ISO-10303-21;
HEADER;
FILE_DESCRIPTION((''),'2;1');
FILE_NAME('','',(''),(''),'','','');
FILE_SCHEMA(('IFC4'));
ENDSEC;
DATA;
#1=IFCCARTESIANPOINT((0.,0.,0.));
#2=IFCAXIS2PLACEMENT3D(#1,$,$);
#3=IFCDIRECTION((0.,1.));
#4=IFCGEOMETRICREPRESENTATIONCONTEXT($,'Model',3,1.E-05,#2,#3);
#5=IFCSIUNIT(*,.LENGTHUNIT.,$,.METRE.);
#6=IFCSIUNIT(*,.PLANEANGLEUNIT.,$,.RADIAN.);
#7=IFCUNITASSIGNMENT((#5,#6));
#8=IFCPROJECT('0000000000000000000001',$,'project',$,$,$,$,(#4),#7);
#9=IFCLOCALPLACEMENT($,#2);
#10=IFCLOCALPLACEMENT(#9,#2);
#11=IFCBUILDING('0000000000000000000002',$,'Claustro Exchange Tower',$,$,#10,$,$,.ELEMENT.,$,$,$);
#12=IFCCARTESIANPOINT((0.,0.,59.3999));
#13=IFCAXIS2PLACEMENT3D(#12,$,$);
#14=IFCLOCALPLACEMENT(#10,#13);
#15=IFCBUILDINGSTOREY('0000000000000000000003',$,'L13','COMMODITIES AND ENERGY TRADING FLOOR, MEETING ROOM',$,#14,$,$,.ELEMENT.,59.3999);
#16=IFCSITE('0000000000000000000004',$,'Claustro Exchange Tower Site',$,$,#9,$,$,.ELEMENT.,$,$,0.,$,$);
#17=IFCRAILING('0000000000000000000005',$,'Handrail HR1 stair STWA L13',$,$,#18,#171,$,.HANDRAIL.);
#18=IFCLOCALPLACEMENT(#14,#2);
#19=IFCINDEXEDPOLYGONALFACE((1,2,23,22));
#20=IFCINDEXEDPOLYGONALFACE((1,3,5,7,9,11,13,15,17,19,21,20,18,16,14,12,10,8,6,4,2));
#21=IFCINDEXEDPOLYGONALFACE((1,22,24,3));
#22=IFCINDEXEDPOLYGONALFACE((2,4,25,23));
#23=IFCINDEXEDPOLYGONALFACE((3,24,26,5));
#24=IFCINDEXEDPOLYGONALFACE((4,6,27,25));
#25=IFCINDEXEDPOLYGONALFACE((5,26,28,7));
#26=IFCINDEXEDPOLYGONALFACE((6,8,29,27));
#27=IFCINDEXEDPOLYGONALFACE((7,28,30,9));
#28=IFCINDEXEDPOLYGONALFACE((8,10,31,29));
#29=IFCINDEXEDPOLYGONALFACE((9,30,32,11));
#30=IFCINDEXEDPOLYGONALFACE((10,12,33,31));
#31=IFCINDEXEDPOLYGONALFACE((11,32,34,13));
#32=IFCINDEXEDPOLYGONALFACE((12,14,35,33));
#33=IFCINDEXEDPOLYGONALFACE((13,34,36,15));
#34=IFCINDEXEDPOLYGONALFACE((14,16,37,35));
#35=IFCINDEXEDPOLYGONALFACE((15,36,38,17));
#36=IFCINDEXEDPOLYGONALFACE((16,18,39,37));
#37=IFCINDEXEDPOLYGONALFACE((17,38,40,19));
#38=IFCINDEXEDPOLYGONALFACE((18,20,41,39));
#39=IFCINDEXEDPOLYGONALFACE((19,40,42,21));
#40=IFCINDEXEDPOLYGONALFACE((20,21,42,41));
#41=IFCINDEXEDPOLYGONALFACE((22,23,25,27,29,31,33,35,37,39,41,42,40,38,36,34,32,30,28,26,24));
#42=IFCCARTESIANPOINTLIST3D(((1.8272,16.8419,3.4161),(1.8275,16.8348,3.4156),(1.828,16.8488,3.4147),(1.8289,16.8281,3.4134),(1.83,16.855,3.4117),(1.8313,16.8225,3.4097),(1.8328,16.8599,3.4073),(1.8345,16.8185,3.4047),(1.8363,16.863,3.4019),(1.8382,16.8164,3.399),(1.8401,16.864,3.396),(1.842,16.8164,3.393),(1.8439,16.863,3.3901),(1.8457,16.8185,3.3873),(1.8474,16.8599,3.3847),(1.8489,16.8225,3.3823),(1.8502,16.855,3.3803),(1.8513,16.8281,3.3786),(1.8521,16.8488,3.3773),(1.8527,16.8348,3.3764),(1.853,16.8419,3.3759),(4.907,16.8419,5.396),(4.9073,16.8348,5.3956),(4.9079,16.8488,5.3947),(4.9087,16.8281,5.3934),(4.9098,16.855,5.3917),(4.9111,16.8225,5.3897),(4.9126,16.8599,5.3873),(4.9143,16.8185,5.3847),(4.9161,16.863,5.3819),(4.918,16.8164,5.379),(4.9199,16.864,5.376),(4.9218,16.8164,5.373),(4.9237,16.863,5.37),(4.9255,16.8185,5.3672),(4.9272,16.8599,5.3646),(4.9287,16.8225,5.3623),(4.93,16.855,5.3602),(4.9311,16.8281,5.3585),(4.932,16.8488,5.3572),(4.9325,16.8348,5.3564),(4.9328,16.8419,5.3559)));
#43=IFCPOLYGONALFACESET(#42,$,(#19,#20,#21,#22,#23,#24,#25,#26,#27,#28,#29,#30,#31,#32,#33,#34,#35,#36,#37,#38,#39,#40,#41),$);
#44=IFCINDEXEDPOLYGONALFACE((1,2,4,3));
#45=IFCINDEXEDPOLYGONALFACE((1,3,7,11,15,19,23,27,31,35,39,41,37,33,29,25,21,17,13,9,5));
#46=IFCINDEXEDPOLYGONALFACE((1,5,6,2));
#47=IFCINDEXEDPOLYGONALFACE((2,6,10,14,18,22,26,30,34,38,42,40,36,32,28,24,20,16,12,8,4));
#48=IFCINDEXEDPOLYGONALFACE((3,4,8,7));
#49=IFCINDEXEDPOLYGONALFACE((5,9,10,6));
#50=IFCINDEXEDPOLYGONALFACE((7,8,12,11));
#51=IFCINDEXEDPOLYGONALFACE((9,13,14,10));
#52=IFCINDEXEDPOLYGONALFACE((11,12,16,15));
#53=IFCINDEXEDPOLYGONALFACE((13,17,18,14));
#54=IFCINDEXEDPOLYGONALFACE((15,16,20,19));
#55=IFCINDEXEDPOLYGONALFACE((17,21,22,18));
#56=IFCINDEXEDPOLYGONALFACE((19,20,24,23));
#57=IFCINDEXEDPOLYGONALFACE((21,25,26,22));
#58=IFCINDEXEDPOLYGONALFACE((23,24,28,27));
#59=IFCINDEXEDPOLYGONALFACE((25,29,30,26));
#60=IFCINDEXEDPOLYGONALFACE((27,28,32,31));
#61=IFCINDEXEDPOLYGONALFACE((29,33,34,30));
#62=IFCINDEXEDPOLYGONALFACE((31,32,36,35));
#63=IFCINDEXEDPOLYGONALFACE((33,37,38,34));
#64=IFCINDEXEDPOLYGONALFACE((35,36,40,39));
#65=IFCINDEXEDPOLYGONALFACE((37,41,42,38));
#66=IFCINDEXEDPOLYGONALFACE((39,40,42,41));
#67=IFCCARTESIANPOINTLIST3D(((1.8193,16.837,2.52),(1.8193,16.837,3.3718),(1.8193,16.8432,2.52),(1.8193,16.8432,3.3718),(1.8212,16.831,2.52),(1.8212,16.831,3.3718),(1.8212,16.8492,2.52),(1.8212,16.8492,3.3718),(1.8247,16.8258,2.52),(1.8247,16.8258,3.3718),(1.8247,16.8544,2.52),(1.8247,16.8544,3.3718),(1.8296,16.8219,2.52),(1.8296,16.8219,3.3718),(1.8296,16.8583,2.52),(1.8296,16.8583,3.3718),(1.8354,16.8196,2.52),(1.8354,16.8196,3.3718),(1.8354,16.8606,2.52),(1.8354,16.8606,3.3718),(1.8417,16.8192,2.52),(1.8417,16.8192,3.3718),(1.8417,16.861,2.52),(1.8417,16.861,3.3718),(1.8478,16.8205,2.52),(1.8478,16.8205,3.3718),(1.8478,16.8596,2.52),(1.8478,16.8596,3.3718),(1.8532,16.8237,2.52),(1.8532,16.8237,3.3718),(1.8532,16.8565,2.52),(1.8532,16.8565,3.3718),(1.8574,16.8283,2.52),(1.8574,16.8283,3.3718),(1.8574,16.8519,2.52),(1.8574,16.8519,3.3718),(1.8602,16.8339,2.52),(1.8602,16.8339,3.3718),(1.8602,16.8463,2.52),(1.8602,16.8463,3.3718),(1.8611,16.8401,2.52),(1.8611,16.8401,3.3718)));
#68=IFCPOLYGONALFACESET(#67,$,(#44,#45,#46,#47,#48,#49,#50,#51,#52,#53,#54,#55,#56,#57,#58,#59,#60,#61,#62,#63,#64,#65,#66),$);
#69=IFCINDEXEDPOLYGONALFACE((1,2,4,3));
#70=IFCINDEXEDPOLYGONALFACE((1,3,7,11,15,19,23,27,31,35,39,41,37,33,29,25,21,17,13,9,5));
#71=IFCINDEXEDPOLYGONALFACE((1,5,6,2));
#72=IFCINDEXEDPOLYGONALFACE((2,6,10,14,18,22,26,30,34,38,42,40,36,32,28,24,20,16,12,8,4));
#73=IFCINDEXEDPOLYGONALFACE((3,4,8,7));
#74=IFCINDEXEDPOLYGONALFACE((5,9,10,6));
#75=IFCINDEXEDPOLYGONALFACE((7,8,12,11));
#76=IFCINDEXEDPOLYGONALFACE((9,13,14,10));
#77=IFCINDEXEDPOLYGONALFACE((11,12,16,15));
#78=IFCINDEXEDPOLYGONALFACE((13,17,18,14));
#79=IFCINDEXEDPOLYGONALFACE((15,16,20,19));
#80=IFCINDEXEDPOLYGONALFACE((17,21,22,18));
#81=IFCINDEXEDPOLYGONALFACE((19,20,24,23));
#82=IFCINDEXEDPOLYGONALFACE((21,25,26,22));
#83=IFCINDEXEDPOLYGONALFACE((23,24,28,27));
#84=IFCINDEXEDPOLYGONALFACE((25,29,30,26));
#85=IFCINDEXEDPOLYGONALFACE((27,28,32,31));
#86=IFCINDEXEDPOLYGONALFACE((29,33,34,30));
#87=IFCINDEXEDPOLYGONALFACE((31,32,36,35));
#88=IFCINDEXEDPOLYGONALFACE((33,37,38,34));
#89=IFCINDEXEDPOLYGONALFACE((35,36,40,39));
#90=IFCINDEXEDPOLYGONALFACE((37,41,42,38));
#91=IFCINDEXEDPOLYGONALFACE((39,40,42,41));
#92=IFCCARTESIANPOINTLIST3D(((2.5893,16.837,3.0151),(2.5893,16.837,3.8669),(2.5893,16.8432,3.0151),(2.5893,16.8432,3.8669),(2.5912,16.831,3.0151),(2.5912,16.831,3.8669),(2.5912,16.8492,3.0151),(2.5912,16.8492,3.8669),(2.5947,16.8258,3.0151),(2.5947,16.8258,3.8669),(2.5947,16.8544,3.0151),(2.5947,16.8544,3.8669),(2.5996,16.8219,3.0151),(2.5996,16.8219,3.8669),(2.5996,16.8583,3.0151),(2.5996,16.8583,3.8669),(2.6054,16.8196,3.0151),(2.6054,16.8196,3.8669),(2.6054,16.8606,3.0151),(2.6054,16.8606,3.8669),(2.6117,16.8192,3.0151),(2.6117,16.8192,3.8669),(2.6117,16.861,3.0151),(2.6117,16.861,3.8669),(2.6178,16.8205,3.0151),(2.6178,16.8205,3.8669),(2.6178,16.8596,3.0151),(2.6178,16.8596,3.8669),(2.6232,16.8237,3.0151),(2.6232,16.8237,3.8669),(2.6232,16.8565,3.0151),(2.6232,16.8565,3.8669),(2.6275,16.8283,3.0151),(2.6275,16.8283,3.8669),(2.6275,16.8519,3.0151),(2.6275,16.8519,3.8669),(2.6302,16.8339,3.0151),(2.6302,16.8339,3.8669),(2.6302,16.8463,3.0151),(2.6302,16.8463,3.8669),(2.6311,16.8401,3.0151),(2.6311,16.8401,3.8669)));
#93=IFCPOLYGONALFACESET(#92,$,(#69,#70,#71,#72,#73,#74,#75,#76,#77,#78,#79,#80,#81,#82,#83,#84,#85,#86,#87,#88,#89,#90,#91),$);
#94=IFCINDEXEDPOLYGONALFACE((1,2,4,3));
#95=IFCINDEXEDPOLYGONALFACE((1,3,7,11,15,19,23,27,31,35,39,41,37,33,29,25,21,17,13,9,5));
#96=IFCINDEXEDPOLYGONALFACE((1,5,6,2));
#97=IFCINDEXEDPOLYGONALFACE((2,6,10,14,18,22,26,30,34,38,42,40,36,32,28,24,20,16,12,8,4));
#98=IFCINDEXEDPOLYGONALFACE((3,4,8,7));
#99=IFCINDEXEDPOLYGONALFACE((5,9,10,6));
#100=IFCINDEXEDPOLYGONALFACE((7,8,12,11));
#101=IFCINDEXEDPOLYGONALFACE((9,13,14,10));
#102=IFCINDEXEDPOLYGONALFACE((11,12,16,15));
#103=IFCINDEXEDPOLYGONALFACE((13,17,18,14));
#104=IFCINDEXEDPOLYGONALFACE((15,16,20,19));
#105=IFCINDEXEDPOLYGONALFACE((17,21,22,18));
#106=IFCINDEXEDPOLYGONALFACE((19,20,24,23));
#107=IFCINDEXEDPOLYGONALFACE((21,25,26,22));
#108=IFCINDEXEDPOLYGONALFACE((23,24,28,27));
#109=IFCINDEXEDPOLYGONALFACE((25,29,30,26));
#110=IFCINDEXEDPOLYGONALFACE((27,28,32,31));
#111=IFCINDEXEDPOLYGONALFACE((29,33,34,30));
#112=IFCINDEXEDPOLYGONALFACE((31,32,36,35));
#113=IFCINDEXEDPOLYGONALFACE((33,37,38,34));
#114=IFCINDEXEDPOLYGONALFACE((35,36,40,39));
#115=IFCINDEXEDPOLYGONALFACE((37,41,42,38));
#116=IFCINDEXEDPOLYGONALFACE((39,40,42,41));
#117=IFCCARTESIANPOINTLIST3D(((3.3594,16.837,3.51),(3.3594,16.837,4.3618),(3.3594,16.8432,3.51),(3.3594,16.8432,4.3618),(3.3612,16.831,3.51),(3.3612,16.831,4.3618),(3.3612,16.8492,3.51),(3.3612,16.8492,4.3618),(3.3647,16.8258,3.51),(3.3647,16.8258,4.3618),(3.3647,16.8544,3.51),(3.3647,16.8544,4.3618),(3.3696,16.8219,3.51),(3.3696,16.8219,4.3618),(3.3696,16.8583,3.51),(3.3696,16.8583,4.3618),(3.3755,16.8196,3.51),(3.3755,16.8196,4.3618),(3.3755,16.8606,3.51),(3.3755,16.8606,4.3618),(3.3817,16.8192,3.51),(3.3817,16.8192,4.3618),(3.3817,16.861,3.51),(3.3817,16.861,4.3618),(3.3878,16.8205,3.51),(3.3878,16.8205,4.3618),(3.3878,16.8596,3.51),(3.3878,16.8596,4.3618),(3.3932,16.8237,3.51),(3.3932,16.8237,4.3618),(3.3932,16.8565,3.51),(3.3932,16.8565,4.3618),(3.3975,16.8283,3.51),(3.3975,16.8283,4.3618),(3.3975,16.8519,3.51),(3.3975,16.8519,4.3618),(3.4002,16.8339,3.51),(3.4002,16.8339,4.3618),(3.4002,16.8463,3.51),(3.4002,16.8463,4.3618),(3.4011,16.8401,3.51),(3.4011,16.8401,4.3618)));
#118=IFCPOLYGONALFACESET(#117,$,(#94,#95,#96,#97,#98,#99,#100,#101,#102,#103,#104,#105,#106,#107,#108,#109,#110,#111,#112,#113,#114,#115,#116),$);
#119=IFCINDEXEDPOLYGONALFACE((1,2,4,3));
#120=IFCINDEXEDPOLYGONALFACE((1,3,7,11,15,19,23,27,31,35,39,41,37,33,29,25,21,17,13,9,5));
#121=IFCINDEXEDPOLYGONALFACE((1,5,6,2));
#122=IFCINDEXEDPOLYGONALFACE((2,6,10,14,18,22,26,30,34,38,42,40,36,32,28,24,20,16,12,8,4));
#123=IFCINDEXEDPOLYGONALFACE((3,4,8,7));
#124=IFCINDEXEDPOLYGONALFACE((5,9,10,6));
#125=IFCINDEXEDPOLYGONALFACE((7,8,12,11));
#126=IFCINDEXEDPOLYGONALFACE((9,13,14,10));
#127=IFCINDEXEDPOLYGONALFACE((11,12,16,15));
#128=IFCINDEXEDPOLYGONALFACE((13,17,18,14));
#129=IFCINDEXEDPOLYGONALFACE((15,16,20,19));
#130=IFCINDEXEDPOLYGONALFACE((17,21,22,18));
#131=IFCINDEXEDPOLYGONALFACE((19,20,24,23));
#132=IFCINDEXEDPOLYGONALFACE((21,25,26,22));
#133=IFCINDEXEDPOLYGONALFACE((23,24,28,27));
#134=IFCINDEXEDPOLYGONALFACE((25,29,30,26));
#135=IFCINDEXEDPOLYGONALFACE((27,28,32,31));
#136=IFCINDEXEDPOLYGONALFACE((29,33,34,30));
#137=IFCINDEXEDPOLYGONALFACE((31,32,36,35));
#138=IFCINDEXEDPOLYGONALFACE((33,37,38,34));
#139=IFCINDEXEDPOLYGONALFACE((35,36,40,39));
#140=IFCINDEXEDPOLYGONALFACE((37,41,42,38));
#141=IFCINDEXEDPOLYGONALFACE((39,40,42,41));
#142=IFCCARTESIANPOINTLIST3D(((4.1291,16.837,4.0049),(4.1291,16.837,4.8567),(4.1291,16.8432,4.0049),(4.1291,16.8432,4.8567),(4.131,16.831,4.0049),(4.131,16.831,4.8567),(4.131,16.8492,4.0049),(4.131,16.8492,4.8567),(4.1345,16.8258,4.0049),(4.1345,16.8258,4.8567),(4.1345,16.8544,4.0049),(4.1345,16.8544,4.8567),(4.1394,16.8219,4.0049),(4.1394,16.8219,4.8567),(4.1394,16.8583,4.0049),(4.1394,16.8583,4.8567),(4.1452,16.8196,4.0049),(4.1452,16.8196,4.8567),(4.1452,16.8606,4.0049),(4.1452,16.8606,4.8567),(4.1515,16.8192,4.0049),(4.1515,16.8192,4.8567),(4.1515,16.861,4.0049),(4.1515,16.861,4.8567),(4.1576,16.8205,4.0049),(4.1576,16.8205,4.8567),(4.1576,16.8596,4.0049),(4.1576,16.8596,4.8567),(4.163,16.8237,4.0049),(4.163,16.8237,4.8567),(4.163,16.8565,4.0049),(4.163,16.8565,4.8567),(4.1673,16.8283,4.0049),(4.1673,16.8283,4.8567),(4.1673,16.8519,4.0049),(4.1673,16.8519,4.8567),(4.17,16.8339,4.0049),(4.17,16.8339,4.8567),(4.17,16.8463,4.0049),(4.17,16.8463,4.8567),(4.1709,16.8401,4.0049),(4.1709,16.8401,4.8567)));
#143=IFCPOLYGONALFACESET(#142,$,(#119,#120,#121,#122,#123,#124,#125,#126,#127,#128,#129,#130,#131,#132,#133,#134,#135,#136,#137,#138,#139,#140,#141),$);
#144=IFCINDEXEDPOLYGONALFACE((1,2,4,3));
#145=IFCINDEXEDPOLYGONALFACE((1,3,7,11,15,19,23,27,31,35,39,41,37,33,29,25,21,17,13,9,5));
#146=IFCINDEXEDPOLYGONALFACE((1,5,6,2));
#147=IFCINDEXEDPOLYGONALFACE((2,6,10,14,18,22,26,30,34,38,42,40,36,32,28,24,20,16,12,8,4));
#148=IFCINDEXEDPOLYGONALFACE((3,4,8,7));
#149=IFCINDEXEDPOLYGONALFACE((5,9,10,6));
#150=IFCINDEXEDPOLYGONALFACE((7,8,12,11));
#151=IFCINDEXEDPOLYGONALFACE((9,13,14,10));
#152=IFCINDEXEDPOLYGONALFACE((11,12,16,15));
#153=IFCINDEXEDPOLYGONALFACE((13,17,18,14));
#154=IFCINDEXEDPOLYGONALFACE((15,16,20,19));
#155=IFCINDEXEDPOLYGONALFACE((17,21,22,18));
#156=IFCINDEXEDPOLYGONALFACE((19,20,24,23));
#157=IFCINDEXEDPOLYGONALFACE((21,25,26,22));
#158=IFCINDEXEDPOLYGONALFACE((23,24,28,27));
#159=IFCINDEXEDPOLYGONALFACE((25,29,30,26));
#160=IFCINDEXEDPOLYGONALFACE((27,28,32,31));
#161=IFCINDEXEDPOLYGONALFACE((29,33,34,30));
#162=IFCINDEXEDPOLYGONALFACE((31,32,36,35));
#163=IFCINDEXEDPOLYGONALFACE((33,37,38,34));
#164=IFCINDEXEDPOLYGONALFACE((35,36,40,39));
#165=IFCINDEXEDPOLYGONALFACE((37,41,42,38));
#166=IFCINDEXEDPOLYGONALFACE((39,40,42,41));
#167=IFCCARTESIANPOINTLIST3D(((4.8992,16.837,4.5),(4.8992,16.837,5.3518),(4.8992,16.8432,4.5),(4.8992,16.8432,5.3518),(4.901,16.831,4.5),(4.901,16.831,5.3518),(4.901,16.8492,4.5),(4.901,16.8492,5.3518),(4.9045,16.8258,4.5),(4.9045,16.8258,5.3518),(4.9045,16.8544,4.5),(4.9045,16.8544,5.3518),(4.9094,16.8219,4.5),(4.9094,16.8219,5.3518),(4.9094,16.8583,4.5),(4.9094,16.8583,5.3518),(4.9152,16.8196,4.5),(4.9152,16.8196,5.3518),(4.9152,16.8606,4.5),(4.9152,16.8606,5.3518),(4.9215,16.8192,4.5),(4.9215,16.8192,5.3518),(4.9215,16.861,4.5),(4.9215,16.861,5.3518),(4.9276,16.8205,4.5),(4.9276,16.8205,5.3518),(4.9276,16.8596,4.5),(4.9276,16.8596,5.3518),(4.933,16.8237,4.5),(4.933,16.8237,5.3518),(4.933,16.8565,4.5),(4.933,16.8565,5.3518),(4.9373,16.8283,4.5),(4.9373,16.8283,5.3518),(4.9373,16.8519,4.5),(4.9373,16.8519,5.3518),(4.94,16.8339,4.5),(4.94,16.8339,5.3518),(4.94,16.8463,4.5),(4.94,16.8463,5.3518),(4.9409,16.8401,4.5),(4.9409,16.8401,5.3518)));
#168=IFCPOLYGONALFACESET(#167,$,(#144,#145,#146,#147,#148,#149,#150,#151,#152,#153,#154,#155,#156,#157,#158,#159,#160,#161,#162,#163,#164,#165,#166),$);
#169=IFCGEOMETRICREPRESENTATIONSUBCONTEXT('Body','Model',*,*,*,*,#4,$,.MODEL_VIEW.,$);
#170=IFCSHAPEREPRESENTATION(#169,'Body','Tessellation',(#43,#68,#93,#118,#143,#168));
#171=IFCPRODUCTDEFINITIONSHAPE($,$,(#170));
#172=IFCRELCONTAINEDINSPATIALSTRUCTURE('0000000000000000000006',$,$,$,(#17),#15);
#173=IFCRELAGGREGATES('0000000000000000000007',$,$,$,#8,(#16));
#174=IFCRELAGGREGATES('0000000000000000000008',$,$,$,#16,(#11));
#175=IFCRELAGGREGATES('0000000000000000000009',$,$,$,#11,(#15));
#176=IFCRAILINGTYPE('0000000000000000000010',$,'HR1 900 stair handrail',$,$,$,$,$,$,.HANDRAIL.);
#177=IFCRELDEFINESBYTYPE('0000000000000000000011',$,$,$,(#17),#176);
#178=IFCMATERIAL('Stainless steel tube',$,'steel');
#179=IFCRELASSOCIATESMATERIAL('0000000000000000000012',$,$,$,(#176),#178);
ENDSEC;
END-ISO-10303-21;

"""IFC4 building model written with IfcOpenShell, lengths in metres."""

from ifc_helpers import new_model, si_unit, direction, frame, origin, origin_2d, place, context, subcontext, project, spatial, circle, extrude, material, type_object, element, save


model = new_model("IFC4")

# Units and contexts
model_context = context("Model", 3, precision=1e-05, world=origin(), true_north=direction((0.0, 1.0)))
body_context = subcontext(model_context, "Body", "Model", "MODEL_VIEW")
ifc_project = project(units=[si_unit("LENGTHUNIT", "METRE"), si_unit("PLANEANGLEUNIT", "RADIAN")], contexts=[model_context])

# Site, building, storey
site_placement = place(None, origin())
site = spatial("IfcSite", under=ifc_project, at=site_placement, Name="Claustro Exchange Tower Site", CompositionType="ELEMENT", RefElevation=0.0)
building_placement = place(site_placement, origin())
building = spatial("IfcBuilding", under=site, at=building_placement, Name="Claustro Exchange Tower", CompositionType="ELEMENT")
storey_placement = place(building_placement, frame((0.0, 0.0, 59.3999)))
storey = spatial("IfcBuildingStorey", under=building, at=storey_placement, Name="L13", Description="COMMODITIES AND ENERGY TRADING FLOOR, MEETING ROOM", CompositionType="ELEMENT", Elevation=59.3999)

# Railing
ifc_material_1 = material(Name="Stainless steel tube", Category="steel")
railing_type = type_object("IfcRailingType", Name="HR1 900 stair handrail", PredefinedType="HANDRAIL", material=ifc_material_1)
railing_placement = place(storey_placement, frame((1.8401, 16.8401, 2.52)))
element("IfcRailing", 1, at=railing_placement, inside=storey, type_object=railing_type, Name="Handrail HR1 stair STWA L13", PredefinedType="HANDRAIL", context=body_context, shape_type="SweptSolid", body=[
    extrude(circle(Radius=0.0239, at=origin_2d()), frame((0.0, 0.0, 0.876), z_axis=(0.841168, 0.0, 0.540774), x_axis=(0.0, 1.0, 0.0)), (0.0, 0.0, 1.0), 3.6614),
    extrude(circle(Radius=0.021, at=origin_2d()), origin(), (0.0, 0.0, 1.0), 0.8518),
    extrude(circle(Radius=0.021, at=origin_2d()), frame((0.77, 0.0, 0.4951)), (0.0, 0.0, 1.0), 0.8518),
    extrude(circle(Radius=0.021, at=origin_2d()), frame((1.54, 0.0, 0.99)), (0.0, 0.0, 1.0), 0.8518),
    extrude(circle(Radius=0.021, at=origin_2d()), frame((2.3098, 0.0, 1.4849)), (0.0, 0.0, 1.0), 0.8518),
    extrude(circle(Radius=0.021, at=origin_2d()), frame((3.0798, 0.0, 1.98)), (0.0, 0.0, 1.0), 0.8518),
])

save(model, "model.ifc")
